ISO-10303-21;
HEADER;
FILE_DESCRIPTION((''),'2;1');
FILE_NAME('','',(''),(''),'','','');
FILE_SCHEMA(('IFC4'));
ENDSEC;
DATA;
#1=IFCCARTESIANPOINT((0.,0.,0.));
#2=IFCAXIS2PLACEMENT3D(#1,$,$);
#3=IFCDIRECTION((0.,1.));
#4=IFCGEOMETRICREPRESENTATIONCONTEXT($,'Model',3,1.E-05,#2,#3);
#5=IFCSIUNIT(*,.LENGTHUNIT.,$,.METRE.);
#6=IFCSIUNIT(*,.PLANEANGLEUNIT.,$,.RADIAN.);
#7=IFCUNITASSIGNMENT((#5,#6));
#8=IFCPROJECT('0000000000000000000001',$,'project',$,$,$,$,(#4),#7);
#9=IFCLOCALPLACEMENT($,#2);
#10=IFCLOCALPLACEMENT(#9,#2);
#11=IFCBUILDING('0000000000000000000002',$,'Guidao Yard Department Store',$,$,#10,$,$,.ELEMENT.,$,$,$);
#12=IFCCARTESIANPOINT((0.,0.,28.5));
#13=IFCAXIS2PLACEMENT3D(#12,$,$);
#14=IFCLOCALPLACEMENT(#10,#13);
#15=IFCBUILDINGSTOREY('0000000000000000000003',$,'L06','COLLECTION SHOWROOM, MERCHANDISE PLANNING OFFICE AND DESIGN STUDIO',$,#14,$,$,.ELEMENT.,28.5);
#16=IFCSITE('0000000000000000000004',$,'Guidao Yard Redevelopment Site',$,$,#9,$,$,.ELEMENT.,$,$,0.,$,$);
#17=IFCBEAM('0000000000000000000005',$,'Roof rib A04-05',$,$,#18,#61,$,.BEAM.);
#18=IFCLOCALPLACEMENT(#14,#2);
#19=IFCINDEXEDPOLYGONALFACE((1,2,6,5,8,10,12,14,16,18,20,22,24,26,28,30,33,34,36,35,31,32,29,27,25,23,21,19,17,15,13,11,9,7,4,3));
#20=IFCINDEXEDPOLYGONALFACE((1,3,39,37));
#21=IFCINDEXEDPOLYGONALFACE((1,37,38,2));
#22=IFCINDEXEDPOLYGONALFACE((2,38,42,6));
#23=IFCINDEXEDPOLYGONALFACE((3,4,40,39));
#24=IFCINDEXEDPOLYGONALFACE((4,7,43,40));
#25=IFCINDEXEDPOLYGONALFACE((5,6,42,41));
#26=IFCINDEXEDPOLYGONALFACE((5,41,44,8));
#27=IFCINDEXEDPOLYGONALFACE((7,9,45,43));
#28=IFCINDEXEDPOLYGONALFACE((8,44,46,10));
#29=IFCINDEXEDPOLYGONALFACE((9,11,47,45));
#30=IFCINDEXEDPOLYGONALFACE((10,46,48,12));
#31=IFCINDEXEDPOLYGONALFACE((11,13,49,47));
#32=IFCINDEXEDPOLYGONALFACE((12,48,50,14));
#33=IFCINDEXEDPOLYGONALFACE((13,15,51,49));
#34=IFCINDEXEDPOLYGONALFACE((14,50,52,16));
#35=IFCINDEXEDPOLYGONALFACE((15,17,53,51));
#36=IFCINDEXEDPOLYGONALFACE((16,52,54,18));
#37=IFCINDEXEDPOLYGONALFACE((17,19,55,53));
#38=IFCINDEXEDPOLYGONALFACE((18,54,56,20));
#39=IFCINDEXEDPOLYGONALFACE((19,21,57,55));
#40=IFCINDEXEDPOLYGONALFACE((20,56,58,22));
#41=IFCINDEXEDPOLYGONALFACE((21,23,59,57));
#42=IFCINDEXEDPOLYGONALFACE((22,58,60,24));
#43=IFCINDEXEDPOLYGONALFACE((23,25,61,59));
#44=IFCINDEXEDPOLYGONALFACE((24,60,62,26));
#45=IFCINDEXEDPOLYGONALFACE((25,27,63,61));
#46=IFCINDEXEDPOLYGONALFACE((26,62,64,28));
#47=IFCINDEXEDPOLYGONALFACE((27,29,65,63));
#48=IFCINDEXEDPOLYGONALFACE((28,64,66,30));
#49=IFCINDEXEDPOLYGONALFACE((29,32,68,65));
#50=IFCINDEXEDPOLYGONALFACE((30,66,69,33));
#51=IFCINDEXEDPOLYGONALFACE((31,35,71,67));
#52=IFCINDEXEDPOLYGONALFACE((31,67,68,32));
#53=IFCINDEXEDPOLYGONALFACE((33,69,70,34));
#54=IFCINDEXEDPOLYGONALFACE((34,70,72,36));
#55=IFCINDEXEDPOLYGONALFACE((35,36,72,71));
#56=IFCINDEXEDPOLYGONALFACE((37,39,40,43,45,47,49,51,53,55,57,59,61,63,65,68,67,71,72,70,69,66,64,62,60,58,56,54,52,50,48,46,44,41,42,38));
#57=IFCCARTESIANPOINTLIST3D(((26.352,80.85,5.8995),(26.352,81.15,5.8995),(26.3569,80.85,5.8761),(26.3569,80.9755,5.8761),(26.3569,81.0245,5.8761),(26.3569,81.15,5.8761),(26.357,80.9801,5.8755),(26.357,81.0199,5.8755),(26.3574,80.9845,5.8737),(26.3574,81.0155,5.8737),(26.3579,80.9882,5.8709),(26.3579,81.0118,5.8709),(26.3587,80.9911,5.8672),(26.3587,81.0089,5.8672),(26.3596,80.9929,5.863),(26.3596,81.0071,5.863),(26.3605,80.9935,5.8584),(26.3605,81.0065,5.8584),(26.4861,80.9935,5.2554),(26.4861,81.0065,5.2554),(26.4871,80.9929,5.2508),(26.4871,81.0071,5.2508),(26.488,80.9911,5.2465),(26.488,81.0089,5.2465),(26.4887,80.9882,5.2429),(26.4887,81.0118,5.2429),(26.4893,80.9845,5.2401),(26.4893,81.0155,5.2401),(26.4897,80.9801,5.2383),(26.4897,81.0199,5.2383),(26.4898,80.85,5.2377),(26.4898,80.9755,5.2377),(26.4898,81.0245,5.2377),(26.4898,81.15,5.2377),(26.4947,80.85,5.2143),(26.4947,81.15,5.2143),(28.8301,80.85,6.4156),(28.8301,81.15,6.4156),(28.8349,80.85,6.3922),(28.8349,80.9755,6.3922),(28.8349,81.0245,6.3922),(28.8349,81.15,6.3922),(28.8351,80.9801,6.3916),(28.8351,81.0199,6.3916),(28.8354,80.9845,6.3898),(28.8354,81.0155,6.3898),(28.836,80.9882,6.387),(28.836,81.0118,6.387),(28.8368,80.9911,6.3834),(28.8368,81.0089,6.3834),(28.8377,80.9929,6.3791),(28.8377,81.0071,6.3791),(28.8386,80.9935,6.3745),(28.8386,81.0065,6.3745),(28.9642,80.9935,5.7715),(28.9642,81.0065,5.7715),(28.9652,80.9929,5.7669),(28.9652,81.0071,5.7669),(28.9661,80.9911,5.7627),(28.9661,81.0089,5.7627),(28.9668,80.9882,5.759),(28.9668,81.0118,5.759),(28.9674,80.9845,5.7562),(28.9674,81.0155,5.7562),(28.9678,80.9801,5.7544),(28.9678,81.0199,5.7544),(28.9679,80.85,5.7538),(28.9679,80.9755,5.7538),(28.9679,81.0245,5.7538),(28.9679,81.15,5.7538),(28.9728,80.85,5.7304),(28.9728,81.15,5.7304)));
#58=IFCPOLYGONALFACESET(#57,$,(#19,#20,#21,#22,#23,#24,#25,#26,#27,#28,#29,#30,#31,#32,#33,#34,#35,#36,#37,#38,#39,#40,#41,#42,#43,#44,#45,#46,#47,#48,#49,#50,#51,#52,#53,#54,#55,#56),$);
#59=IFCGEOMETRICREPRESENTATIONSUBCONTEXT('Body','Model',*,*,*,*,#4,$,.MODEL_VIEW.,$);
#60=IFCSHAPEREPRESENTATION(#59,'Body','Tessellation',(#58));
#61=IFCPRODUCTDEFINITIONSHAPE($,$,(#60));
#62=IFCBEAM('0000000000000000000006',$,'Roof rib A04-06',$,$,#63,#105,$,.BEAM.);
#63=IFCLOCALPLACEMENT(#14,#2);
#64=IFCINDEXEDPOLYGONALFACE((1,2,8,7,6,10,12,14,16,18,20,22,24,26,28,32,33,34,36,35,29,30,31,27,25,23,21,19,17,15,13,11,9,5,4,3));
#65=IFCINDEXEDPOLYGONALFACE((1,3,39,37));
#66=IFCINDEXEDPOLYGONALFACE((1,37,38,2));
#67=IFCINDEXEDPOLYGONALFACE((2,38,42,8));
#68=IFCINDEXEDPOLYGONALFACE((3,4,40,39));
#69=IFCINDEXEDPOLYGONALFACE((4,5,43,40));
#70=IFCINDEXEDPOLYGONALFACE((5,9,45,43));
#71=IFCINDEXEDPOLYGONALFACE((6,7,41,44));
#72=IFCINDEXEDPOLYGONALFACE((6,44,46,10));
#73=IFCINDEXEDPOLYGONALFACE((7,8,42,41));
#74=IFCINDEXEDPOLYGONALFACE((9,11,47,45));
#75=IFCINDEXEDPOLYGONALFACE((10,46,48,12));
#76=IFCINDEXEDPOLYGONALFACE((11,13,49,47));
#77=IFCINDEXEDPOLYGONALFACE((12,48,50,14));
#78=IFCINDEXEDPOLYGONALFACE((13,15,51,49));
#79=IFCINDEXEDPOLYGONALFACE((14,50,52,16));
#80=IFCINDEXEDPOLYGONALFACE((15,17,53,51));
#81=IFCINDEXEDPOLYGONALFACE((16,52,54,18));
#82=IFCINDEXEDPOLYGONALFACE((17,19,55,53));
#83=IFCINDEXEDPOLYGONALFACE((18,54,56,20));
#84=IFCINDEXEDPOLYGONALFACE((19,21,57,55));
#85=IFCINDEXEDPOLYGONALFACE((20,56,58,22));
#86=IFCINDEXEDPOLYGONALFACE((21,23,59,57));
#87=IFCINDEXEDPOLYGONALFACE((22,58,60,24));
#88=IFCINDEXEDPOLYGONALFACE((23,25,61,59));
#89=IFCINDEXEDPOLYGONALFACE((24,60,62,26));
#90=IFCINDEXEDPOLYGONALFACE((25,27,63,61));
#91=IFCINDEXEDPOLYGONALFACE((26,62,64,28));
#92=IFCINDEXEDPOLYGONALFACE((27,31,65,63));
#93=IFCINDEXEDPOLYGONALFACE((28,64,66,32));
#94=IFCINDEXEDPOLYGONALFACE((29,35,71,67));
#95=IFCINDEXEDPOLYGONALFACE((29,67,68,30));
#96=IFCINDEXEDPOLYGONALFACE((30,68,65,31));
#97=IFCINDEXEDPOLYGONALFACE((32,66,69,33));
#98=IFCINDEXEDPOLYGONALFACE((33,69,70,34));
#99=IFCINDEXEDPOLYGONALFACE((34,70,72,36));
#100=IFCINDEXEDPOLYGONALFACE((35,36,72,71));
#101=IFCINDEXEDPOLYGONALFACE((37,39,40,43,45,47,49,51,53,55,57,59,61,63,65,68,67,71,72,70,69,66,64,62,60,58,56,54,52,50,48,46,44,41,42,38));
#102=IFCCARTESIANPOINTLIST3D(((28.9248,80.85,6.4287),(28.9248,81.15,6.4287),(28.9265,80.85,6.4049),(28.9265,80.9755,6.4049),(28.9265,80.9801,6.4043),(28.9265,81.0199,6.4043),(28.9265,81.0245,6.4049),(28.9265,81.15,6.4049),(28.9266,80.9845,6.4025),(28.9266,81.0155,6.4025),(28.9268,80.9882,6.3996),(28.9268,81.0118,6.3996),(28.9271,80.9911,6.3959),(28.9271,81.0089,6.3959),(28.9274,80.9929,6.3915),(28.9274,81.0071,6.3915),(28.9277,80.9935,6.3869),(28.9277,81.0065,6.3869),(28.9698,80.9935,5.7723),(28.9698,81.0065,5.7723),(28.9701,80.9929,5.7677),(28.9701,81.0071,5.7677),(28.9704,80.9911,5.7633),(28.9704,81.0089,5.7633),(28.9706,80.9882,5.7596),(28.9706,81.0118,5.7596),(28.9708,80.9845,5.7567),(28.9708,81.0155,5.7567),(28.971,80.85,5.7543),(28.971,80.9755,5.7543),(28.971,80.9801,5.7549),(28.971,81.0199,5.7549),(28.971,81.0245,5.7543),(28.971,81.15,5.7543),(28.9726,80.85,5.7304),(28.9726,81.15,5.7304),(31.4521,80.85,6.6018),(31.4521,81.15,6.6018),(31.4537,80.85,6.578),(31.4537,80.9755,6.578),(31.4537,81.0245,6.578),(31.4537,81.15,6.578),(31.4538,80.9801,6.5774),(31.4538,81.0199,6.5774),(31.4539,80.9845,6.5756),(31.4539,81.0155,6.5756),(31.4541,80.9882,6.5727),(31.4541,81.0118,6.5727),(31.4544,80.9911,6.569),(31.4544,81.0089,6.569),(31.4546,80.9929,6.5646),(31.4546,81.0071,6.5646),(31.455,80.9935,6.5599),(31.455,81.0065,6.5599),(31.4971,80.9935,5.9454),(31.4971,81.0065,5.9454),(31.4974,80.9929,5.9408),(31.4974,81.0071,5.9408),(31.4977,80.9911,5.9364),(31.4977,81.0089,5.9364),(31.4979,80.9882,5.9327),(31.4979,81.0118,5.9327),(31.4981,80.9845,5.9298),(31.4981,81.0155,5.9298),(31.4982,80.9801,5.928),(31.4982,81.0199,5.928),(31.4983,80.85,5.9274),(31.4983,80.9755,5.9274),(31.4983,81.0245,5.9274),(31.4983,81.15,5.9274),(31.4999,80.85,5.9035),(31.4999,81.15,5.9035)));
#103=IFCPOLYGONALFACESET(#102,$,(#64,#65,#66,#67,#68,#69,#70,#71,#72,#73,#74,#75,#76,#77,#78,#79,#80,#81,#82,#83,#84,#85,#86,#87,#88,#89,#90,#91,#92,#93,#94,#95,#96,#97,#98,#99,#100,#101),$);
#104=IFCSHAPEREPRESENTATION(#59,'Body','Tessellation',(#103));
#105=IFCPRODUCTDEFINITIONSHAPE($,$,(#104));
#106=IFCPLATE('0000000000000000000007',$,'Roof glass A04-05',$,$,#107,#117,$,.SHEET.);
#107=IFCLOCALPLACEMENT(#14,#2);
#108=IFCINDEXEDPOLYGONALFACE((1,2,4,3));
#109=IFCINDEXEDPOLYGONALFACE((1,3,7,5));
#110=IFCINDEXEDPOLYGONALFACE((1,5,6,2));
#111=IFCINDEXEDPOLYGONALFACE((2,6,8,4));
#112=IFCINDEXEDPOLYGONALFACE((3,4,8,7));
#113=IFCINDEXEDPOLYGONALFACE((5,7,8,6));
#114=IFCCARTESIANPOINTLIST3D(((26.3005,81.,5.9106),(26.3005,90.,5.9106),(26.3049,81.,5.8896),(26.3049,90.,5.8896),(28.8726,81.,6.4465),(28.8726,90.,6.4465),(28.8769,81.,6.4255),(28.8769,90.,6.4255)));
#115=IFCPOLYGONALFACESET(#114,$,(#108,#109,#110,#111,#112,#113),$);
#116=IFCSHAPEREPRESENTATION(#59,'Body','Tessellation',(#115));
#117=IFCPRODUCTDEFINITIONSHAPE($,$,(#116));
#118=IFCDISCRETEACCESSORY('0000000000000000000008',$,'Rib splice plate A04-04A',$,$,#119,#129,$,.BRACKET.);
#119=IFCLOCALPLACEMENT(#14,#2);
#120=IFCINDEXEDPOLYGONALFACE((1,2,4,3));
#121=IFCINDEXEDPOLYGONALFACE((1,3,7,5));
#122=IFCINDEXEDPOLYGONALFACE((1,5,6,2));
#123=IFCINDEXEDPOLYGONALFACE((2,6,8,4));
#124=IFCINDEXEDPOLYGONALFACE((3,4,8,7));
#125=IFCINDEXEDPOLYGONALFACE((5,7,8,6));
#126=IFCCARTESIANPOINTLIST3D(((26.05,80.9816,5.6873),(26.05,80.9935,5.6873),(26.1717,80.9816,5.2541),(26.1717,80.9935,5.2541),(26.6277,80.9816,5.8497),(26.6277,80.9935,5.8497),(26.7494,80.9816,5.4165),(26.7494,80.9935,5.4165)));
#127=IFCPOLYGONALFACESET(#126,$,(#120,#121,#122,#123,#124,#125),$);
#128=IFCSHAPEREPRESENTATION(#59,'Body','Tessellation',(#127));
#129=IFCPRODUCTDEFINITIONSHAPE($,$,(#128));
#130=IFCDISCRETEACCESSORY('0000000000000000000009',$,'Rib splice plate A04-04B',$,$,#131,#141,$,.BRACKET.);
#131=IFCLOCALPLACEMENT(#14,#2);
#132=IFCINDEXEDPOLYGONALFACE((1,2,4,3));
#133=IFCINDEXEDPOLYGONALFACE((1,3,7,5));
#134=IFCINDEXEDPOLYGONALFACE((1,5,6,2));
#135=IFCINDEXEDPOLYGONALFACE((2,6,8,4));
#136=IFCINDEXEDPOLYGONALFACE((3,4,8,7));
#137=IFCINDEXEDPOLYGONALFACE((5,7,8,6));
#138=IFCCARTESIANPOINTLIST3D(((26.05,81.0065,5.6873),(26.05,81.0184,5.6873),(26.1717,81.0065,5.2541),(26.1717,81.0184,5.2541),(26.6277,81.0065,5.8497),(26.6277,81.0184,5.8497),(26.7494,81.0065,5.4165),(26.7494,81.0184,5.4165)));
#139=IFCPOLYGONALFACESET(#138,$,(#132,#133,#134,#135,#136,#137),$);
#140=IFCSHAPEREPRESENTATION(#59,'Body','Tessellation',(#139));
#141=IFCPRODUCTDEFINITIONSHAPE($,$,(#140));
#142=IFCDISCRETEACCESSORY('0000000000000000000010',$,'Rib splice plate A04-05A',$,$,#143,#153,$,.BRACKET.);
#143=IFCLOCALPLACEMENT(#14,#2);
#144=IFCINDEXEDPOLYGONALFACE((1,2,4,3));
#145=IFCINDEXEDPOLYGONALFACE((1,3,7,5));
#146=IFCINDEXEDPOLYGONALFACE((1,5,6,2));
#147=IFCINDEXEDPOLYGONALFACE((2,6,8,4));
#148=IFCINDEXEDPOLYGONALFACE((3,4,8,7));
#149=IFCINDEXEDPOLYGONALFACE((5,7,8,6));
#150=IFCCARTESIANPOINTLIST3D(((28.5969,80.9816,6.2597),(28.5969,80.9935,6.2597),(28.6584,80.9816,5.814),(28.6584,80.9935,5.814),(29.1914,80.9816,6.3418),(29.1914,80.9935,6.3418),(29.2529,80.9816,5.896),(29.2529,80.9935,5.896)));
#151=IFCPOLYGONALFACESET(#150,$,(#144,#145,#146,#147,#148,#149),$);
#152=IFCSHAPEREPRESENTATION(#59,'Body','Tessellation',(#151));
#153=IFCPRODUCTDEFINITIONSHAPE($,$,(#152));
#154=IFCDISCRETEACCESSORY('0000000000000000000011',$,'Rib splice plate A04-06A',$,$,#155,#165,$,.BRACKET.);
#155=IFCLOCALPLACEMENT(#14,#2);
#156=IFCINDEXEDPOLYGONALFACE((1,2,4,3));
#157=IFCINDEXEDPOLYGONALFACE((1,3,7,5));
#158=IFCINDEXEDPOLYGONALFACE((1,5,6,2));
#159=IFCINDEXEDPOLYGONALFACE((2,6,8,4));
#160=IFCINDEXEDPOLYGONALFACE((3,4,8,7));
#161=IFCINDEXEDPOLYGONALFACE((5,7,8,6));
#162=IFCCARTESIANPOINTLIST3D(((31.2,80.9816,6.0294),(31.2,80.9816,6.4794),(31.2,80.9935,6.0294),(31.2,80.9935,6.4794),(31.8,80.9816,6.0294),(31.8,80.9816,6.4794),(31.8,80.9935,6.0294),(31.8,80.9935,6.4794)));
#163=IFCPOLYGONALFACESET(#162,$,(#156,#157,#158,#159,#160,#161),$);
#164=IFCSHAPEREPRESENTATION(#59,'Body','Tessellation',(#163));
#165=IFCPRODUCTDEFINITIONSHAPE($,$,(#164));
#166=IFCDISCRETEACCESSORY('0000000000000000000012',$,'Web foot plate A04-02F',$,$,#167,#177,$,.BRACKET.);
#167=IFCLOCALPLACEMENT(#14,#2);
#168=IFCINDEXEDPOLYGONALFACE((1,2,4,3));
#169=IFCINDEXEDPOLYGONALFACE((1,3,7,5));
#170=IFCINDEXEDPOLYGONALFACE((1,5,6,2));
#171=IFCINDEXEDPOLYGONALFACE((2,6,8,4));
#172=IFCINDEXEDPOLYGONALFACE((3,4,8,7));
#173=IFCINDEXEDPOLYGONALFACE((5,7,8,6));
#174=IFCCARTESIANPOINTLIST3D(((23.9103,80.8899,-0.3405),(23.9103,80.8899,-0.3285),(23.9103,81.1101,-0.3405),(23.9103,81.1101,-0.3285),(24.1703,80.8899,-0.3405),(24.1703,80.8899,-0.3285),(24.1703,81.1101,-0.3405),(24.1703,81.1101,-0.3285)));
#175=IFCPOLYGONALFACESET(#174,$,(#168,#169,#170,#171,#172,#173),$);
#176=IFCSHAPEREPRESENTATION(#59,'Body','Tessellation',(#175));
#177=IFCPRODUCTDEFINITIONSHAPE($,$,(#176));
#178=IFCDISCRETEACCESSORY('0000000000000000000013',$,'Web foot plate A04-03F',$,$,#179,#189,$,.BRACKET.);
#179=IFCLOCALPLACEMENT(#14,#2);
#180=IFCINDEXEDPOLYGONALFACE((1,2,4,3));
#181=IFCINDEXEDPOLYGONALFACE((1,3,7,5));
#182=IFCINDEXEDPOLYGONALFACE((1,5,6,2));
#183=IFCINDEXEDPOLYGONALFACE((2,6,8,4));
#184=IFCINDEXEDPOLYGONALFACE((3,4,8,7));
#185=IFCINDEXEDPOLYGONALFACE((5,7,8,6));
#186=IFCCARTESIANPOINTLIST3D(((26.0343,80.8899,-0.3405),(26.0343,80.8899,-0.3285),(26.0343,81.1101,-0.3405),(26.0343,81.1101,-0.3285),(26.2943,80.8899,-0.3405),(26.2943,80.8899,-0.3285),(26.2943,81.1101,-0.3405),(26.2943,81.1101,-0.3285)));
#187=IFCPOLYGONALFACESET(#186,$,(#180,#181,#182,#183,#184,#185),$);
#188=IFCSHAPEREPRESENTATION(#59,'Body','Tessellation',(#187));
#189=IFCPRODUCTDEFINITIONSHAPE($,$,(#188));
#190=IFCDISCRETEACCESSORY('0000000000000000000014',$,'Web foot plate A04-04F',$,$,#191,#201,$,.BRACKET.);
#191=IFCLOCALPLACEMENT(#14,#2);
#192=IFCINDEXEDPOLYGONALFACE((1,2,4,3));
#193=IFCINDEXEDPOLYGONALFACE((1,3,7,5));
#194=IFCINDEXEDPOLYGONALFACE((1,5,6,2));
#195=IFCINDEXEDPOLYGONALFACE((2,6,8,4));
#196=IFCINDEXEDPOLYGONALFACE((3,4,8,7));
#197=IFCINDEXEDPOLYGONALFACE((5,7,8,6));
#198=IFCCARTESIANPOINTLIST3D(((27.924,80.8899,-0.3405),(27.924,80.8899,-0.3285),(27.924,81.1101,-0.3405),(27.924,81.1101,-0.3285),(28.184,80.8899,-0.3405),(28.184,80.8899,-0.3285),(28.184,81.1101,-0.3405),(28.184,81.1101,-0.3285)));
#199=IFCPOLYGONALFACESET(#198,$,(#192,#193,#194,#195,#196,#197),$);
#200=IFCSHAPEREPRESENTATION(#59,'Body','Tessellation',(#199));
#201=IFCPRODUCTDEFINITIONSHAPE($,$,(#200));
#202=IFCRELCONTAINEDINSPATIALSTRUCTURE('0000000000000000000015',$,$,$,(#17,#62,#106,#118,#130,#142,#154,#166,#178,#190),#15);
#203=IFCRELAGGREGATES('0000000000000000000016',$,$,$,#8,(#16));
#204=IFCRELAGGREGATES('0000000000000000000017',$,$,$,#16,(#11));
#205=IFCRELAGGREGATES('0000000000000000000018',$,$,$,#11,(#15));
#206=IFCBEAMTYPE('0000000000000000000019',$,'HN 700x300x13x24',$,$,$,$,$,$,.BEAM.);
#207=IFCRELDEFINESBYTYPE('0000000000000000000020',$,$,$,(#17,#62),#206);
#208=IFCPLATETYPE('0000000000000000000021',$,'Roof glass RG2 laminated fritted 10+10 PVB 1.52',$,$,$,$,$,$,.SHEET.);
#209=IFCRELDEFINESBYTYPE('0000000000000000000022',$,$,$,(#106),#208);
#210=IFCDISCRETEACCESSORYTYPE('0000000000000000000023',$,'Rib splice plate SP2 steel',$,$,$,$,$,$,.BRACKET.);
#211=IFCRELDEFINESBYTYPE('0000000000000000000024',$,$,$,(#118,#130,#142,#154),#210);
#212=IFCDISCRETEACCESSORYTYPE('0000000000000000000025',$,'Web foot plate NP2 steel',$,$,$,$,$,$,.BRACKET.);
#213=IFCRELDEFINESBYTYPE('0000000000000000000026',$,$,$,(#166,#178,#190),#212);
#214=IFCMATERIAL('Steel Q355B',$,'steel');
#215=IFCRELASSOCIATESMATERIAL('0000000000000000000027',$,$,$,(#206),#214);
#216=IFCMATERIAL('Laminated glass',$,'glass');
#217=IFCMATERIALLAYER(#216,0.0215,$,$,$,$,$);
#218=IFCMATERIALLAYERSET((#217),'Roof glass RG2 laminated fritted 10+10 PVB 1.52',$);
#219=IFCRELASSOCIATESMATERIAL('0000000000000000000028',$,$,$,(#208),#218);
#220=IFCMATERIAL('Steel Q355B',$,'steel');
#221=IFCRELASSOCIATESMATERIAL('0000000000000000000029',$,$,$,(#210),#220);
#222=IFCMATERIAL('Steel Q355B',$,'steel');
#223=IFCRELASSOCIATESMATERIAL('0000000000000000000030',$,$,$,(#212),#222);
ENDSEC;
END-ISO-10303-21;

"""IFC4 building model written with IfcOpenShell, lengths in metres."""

from ifc_helpers import new_model, si_unit, direction, frame, origin, origin_2d, place, context, subcontext, project, spatial, polyline, rectangle, i_section, outline, extrude, material, layer, layer_set, material_profile, profile_set, type_object, element, save


model = new_model("IFC4")

# Units and contexts
model_context = context("Model", 3, precision=1e-05, world=origin(), true_north=direction((0.0, 1.0)))
body_context = subcontext(model_context, "Body", "Model", "MODEL_VIEW")
ifc_project = project(units=[si_unit("LENGTHUNIT", "METRE"), si_unit("PLANEANGLEUNIT", "RADIAN")], contexts=[model_context])

# Site, building, storey
site_placement = place(None, origin())
site = spatial("IfcSite", under=ifc_project, at=site_placement, Name="Guidao Yard Redevelopment Site", CompositionType="ELEMENT", RefElevation=0.0)
building_placement = place(site_placement, origin())
building = spatial("IfcBuilding", under=site, at=building_placement, Name="Guidao Yard Department Store", CompositionType="ELEMENT")
storey_placement = place(building_placement, frame((0.0, 0.0, 28.5)))
storey = spatial("IfcBuildingStorey", under=building, at=storey_placement, Name="L06", Description="COLLECTION SHOWROOM, MERCHANDISE PLANNING OFFICE AND DESIGN STUDIO", CompositionType="ELEMENT", Elevation=28.5)

# Beams
ifc_material_1 = material(Name="Steel Q355B", Category="steel")
ifc_material_profile_1 = material_profile(ifc_material_1, i_section(OverallWidth=0.3, OverallDepth=0.7, WebThickness=0.0129, FlangeThickness=0.0239, FilletRadius=0.0181, at=origin_2d()), Name="HN 700x300x13x24")
ifc_profile_set_1 = profile_set([ifc_material_profile_1], Name="Steel Q355B")
beam_type = type_object("IfcBeamType", Name="HN 700x300x13x24", PredefinedType="BEAM", material=ifc_profile_set_1)
beam_1_placement = place(storey_placement, frame((26.4233, 81.0, 5.5569), z_axis=(0.978992, 0.0, 0.2039), x_axis=(0.0, 1.0, 0.0)))
element("IfcBeam", 1, at=beam_1_placement, inside=storey, type_object=beam_type, Name="Roof rib A04-05", PredefinedType="BEAM", context=body_context, shape_type="SweptSolid", body=[
    extrude(i_section(OverallWidth=0.3, OverallDepth=0.7, WebThickness=0.0129, FlangeThickness=0.0239, FilletRadius=0.0181, at=origin_2d()), origin(), (0.0, 0.0, 1.0), 2.5312),
])
beam_2_placement = place(storey_placement, frame((28.9487, 81.0, 6.0796), z_axis=(0.997663, 0.0, 0.068329), x_axis=(0.0, 1.0, 0.0)))
element("IfcBeam", 2, at=beam_2_placement, inside=storey, type_object=beam_type, Name="Roof rib A04-06", PredefinedType="BEAM", context=body_context, shape_type="SweptSolid", body=[
    extrude(i_section(OverallWidth=0.3, OverallDepth=0.7, WebThickness=0.0129, FlangeThickness=0.0239, FilletRadius=0.0181, at=origin_2d()), origin(), (0.0, 0.0, 1.0), 2.5332),
])

# Plate
ifc_material_2 = material(Name="Laminated glass", Category="glass")
ifc_layer = layer(ifc_material_2, 0.0215)
ifc_layer_set = layer_set([ifc_layer], Name="Roof glass RG2 laminated fritted 10+10 PVB 1.52")
plate_type = type_object("IfcPlateType", Name="Roof glass RG2 laminated fritted 10+10 PVB 1.52", PredefinedType="SHEET", material=ifc_layer_set)
plate_placement = place(storey_placement, frame((26.3005, 81.0, 5.9106), z_axis=(-0.203973, 0.0, 0.978977), x_axis=(0.978977, 0.0, 0.203973)))
element("IfcPlate", 3, at=plate_placement, inside=storey, type_object=plate_type, Name="Roof glass A04-05", PredefinedType="SHEET", context=body_context, shape_type="SweptSolid", body=[
    extrude(outline(polyline([(0.0, 0.0), (2.6273, 0.0), (2.6273, 9.0), (0.0, 9.0), (0.0, 0.0)])), origin(), (0.0, 0.0, -1.0), 0.0215),
])

# Discrete accessories
ifc_material_3 = material(Name="Steel Q355B", Category="steel")
ifc_material_profile_2 = material_profile(ifc_material_3, rectangle(XDim=0.012, YDim=0.45, at=origin_2d()), Name="Splice plate 450x12")
ifc_profile_set_2 = profile_set([ifc_material_profile_2], Name="Steel Q355B")
discrete_accessory_type_1 = type_object("IfcDiscreteAccessoryType", Name="Rib splice plate SP2 steel", PredefinedType="BRACKET", material=ifc_profile_set_2)
for number, where, z_axis, x_axis, name in (
    (4, (26.1108, 80.9875, 5.4707), (0.962697, 0.0, 0.270581), (0.0, 1.0, 0.0), "Rib splice plate A04-04A"),
    (5, (26.1108, 81.0125, 5.4707), (0.962697, 0.0, 0.270581), (0.0, 1.0, 0.0), "Rib splice plate A04-04B"),
    (6, (28.6277, 80.9875, 6.0369), (0.990614, 0.0, 0.136692), (0.0, 1.0, 0.0), "Rib splice plate A04-05A"),
    (7, (31.2, 80.9875, 6.2544), (1.0, 0.0, 0.0), (0.0, 1.0, 0.0), "Rib splice plate A04-06A"),
):
    element("IfcDiscreteAccessory", number, at=place(storey_placement, frame(where, z_axis=z_axis, x_axis=x_axis)), inside=storey, type_object=discrete_accessory_type_1, Name=name, PredefinedType="BRACKET", context=body_context, shape_type="SweptSolid", body=[
        extrude(rectangle(XDim=0.012, YDim=0.45, at=origin_2d()), origin(), (0.0, 0.0, 1.0), 0.6001),
    ])
ifc_material_4 = material(Name="Steel Q355B", Category="steel")
ifc_material_profile_3 = material_profile(ifc_material_4, rectangle(XDim=0.26, YDim=0.012, at=origin_2d()), Name="Node plate 260x12")
ifc_profile_set_3 = profile_set([ifc_material_profile_3], Name="Steel Q355B")
discrete_accessory_type_2 = type_object("IfcDiscreteAccessoryType", Name="Web foot plate NP2 steel", PredefinedType="BRACKET", material=ifc_profile_set_3)
for number, where, z_axis, x_axis, name in (
    (8, (24.0403, 80.8899, -0.3345), (0.0, 1.0, 0.0), (-1.0, 0.0, 0.0), "Web foot plate A04-02F"),
    (9, (26.1643, 80.8899, -0.3345), (0.0, 1.0, 0.0), (-1.0, 0.0, 0.0), "Web foot plate A04-03F"),
    (10, (28.054, 80.8899, -0.3345), (0.0, 1.0, 0.0), (-1.0, 0.0, 0.0), "Web foot plate A04-04F"),
):
    element("IfcDiscreteAccessory", number, at=place(storey_placement, frame(where, z_axis=z_axis, x_axis=x_axis)), inside=storey, type_object=discrete_accessory_type_2, Name=name, PredefinedType="BRACKET", context=body_context, shape_type="SweptSolid", body=[
        extrude(rectangle(XDim=0.26, YDim=0.012, at=origin_2d()), origin(), (0.0, 0.0, 1.0), 0.2202),
    ])

save(model, "model.ifc")
